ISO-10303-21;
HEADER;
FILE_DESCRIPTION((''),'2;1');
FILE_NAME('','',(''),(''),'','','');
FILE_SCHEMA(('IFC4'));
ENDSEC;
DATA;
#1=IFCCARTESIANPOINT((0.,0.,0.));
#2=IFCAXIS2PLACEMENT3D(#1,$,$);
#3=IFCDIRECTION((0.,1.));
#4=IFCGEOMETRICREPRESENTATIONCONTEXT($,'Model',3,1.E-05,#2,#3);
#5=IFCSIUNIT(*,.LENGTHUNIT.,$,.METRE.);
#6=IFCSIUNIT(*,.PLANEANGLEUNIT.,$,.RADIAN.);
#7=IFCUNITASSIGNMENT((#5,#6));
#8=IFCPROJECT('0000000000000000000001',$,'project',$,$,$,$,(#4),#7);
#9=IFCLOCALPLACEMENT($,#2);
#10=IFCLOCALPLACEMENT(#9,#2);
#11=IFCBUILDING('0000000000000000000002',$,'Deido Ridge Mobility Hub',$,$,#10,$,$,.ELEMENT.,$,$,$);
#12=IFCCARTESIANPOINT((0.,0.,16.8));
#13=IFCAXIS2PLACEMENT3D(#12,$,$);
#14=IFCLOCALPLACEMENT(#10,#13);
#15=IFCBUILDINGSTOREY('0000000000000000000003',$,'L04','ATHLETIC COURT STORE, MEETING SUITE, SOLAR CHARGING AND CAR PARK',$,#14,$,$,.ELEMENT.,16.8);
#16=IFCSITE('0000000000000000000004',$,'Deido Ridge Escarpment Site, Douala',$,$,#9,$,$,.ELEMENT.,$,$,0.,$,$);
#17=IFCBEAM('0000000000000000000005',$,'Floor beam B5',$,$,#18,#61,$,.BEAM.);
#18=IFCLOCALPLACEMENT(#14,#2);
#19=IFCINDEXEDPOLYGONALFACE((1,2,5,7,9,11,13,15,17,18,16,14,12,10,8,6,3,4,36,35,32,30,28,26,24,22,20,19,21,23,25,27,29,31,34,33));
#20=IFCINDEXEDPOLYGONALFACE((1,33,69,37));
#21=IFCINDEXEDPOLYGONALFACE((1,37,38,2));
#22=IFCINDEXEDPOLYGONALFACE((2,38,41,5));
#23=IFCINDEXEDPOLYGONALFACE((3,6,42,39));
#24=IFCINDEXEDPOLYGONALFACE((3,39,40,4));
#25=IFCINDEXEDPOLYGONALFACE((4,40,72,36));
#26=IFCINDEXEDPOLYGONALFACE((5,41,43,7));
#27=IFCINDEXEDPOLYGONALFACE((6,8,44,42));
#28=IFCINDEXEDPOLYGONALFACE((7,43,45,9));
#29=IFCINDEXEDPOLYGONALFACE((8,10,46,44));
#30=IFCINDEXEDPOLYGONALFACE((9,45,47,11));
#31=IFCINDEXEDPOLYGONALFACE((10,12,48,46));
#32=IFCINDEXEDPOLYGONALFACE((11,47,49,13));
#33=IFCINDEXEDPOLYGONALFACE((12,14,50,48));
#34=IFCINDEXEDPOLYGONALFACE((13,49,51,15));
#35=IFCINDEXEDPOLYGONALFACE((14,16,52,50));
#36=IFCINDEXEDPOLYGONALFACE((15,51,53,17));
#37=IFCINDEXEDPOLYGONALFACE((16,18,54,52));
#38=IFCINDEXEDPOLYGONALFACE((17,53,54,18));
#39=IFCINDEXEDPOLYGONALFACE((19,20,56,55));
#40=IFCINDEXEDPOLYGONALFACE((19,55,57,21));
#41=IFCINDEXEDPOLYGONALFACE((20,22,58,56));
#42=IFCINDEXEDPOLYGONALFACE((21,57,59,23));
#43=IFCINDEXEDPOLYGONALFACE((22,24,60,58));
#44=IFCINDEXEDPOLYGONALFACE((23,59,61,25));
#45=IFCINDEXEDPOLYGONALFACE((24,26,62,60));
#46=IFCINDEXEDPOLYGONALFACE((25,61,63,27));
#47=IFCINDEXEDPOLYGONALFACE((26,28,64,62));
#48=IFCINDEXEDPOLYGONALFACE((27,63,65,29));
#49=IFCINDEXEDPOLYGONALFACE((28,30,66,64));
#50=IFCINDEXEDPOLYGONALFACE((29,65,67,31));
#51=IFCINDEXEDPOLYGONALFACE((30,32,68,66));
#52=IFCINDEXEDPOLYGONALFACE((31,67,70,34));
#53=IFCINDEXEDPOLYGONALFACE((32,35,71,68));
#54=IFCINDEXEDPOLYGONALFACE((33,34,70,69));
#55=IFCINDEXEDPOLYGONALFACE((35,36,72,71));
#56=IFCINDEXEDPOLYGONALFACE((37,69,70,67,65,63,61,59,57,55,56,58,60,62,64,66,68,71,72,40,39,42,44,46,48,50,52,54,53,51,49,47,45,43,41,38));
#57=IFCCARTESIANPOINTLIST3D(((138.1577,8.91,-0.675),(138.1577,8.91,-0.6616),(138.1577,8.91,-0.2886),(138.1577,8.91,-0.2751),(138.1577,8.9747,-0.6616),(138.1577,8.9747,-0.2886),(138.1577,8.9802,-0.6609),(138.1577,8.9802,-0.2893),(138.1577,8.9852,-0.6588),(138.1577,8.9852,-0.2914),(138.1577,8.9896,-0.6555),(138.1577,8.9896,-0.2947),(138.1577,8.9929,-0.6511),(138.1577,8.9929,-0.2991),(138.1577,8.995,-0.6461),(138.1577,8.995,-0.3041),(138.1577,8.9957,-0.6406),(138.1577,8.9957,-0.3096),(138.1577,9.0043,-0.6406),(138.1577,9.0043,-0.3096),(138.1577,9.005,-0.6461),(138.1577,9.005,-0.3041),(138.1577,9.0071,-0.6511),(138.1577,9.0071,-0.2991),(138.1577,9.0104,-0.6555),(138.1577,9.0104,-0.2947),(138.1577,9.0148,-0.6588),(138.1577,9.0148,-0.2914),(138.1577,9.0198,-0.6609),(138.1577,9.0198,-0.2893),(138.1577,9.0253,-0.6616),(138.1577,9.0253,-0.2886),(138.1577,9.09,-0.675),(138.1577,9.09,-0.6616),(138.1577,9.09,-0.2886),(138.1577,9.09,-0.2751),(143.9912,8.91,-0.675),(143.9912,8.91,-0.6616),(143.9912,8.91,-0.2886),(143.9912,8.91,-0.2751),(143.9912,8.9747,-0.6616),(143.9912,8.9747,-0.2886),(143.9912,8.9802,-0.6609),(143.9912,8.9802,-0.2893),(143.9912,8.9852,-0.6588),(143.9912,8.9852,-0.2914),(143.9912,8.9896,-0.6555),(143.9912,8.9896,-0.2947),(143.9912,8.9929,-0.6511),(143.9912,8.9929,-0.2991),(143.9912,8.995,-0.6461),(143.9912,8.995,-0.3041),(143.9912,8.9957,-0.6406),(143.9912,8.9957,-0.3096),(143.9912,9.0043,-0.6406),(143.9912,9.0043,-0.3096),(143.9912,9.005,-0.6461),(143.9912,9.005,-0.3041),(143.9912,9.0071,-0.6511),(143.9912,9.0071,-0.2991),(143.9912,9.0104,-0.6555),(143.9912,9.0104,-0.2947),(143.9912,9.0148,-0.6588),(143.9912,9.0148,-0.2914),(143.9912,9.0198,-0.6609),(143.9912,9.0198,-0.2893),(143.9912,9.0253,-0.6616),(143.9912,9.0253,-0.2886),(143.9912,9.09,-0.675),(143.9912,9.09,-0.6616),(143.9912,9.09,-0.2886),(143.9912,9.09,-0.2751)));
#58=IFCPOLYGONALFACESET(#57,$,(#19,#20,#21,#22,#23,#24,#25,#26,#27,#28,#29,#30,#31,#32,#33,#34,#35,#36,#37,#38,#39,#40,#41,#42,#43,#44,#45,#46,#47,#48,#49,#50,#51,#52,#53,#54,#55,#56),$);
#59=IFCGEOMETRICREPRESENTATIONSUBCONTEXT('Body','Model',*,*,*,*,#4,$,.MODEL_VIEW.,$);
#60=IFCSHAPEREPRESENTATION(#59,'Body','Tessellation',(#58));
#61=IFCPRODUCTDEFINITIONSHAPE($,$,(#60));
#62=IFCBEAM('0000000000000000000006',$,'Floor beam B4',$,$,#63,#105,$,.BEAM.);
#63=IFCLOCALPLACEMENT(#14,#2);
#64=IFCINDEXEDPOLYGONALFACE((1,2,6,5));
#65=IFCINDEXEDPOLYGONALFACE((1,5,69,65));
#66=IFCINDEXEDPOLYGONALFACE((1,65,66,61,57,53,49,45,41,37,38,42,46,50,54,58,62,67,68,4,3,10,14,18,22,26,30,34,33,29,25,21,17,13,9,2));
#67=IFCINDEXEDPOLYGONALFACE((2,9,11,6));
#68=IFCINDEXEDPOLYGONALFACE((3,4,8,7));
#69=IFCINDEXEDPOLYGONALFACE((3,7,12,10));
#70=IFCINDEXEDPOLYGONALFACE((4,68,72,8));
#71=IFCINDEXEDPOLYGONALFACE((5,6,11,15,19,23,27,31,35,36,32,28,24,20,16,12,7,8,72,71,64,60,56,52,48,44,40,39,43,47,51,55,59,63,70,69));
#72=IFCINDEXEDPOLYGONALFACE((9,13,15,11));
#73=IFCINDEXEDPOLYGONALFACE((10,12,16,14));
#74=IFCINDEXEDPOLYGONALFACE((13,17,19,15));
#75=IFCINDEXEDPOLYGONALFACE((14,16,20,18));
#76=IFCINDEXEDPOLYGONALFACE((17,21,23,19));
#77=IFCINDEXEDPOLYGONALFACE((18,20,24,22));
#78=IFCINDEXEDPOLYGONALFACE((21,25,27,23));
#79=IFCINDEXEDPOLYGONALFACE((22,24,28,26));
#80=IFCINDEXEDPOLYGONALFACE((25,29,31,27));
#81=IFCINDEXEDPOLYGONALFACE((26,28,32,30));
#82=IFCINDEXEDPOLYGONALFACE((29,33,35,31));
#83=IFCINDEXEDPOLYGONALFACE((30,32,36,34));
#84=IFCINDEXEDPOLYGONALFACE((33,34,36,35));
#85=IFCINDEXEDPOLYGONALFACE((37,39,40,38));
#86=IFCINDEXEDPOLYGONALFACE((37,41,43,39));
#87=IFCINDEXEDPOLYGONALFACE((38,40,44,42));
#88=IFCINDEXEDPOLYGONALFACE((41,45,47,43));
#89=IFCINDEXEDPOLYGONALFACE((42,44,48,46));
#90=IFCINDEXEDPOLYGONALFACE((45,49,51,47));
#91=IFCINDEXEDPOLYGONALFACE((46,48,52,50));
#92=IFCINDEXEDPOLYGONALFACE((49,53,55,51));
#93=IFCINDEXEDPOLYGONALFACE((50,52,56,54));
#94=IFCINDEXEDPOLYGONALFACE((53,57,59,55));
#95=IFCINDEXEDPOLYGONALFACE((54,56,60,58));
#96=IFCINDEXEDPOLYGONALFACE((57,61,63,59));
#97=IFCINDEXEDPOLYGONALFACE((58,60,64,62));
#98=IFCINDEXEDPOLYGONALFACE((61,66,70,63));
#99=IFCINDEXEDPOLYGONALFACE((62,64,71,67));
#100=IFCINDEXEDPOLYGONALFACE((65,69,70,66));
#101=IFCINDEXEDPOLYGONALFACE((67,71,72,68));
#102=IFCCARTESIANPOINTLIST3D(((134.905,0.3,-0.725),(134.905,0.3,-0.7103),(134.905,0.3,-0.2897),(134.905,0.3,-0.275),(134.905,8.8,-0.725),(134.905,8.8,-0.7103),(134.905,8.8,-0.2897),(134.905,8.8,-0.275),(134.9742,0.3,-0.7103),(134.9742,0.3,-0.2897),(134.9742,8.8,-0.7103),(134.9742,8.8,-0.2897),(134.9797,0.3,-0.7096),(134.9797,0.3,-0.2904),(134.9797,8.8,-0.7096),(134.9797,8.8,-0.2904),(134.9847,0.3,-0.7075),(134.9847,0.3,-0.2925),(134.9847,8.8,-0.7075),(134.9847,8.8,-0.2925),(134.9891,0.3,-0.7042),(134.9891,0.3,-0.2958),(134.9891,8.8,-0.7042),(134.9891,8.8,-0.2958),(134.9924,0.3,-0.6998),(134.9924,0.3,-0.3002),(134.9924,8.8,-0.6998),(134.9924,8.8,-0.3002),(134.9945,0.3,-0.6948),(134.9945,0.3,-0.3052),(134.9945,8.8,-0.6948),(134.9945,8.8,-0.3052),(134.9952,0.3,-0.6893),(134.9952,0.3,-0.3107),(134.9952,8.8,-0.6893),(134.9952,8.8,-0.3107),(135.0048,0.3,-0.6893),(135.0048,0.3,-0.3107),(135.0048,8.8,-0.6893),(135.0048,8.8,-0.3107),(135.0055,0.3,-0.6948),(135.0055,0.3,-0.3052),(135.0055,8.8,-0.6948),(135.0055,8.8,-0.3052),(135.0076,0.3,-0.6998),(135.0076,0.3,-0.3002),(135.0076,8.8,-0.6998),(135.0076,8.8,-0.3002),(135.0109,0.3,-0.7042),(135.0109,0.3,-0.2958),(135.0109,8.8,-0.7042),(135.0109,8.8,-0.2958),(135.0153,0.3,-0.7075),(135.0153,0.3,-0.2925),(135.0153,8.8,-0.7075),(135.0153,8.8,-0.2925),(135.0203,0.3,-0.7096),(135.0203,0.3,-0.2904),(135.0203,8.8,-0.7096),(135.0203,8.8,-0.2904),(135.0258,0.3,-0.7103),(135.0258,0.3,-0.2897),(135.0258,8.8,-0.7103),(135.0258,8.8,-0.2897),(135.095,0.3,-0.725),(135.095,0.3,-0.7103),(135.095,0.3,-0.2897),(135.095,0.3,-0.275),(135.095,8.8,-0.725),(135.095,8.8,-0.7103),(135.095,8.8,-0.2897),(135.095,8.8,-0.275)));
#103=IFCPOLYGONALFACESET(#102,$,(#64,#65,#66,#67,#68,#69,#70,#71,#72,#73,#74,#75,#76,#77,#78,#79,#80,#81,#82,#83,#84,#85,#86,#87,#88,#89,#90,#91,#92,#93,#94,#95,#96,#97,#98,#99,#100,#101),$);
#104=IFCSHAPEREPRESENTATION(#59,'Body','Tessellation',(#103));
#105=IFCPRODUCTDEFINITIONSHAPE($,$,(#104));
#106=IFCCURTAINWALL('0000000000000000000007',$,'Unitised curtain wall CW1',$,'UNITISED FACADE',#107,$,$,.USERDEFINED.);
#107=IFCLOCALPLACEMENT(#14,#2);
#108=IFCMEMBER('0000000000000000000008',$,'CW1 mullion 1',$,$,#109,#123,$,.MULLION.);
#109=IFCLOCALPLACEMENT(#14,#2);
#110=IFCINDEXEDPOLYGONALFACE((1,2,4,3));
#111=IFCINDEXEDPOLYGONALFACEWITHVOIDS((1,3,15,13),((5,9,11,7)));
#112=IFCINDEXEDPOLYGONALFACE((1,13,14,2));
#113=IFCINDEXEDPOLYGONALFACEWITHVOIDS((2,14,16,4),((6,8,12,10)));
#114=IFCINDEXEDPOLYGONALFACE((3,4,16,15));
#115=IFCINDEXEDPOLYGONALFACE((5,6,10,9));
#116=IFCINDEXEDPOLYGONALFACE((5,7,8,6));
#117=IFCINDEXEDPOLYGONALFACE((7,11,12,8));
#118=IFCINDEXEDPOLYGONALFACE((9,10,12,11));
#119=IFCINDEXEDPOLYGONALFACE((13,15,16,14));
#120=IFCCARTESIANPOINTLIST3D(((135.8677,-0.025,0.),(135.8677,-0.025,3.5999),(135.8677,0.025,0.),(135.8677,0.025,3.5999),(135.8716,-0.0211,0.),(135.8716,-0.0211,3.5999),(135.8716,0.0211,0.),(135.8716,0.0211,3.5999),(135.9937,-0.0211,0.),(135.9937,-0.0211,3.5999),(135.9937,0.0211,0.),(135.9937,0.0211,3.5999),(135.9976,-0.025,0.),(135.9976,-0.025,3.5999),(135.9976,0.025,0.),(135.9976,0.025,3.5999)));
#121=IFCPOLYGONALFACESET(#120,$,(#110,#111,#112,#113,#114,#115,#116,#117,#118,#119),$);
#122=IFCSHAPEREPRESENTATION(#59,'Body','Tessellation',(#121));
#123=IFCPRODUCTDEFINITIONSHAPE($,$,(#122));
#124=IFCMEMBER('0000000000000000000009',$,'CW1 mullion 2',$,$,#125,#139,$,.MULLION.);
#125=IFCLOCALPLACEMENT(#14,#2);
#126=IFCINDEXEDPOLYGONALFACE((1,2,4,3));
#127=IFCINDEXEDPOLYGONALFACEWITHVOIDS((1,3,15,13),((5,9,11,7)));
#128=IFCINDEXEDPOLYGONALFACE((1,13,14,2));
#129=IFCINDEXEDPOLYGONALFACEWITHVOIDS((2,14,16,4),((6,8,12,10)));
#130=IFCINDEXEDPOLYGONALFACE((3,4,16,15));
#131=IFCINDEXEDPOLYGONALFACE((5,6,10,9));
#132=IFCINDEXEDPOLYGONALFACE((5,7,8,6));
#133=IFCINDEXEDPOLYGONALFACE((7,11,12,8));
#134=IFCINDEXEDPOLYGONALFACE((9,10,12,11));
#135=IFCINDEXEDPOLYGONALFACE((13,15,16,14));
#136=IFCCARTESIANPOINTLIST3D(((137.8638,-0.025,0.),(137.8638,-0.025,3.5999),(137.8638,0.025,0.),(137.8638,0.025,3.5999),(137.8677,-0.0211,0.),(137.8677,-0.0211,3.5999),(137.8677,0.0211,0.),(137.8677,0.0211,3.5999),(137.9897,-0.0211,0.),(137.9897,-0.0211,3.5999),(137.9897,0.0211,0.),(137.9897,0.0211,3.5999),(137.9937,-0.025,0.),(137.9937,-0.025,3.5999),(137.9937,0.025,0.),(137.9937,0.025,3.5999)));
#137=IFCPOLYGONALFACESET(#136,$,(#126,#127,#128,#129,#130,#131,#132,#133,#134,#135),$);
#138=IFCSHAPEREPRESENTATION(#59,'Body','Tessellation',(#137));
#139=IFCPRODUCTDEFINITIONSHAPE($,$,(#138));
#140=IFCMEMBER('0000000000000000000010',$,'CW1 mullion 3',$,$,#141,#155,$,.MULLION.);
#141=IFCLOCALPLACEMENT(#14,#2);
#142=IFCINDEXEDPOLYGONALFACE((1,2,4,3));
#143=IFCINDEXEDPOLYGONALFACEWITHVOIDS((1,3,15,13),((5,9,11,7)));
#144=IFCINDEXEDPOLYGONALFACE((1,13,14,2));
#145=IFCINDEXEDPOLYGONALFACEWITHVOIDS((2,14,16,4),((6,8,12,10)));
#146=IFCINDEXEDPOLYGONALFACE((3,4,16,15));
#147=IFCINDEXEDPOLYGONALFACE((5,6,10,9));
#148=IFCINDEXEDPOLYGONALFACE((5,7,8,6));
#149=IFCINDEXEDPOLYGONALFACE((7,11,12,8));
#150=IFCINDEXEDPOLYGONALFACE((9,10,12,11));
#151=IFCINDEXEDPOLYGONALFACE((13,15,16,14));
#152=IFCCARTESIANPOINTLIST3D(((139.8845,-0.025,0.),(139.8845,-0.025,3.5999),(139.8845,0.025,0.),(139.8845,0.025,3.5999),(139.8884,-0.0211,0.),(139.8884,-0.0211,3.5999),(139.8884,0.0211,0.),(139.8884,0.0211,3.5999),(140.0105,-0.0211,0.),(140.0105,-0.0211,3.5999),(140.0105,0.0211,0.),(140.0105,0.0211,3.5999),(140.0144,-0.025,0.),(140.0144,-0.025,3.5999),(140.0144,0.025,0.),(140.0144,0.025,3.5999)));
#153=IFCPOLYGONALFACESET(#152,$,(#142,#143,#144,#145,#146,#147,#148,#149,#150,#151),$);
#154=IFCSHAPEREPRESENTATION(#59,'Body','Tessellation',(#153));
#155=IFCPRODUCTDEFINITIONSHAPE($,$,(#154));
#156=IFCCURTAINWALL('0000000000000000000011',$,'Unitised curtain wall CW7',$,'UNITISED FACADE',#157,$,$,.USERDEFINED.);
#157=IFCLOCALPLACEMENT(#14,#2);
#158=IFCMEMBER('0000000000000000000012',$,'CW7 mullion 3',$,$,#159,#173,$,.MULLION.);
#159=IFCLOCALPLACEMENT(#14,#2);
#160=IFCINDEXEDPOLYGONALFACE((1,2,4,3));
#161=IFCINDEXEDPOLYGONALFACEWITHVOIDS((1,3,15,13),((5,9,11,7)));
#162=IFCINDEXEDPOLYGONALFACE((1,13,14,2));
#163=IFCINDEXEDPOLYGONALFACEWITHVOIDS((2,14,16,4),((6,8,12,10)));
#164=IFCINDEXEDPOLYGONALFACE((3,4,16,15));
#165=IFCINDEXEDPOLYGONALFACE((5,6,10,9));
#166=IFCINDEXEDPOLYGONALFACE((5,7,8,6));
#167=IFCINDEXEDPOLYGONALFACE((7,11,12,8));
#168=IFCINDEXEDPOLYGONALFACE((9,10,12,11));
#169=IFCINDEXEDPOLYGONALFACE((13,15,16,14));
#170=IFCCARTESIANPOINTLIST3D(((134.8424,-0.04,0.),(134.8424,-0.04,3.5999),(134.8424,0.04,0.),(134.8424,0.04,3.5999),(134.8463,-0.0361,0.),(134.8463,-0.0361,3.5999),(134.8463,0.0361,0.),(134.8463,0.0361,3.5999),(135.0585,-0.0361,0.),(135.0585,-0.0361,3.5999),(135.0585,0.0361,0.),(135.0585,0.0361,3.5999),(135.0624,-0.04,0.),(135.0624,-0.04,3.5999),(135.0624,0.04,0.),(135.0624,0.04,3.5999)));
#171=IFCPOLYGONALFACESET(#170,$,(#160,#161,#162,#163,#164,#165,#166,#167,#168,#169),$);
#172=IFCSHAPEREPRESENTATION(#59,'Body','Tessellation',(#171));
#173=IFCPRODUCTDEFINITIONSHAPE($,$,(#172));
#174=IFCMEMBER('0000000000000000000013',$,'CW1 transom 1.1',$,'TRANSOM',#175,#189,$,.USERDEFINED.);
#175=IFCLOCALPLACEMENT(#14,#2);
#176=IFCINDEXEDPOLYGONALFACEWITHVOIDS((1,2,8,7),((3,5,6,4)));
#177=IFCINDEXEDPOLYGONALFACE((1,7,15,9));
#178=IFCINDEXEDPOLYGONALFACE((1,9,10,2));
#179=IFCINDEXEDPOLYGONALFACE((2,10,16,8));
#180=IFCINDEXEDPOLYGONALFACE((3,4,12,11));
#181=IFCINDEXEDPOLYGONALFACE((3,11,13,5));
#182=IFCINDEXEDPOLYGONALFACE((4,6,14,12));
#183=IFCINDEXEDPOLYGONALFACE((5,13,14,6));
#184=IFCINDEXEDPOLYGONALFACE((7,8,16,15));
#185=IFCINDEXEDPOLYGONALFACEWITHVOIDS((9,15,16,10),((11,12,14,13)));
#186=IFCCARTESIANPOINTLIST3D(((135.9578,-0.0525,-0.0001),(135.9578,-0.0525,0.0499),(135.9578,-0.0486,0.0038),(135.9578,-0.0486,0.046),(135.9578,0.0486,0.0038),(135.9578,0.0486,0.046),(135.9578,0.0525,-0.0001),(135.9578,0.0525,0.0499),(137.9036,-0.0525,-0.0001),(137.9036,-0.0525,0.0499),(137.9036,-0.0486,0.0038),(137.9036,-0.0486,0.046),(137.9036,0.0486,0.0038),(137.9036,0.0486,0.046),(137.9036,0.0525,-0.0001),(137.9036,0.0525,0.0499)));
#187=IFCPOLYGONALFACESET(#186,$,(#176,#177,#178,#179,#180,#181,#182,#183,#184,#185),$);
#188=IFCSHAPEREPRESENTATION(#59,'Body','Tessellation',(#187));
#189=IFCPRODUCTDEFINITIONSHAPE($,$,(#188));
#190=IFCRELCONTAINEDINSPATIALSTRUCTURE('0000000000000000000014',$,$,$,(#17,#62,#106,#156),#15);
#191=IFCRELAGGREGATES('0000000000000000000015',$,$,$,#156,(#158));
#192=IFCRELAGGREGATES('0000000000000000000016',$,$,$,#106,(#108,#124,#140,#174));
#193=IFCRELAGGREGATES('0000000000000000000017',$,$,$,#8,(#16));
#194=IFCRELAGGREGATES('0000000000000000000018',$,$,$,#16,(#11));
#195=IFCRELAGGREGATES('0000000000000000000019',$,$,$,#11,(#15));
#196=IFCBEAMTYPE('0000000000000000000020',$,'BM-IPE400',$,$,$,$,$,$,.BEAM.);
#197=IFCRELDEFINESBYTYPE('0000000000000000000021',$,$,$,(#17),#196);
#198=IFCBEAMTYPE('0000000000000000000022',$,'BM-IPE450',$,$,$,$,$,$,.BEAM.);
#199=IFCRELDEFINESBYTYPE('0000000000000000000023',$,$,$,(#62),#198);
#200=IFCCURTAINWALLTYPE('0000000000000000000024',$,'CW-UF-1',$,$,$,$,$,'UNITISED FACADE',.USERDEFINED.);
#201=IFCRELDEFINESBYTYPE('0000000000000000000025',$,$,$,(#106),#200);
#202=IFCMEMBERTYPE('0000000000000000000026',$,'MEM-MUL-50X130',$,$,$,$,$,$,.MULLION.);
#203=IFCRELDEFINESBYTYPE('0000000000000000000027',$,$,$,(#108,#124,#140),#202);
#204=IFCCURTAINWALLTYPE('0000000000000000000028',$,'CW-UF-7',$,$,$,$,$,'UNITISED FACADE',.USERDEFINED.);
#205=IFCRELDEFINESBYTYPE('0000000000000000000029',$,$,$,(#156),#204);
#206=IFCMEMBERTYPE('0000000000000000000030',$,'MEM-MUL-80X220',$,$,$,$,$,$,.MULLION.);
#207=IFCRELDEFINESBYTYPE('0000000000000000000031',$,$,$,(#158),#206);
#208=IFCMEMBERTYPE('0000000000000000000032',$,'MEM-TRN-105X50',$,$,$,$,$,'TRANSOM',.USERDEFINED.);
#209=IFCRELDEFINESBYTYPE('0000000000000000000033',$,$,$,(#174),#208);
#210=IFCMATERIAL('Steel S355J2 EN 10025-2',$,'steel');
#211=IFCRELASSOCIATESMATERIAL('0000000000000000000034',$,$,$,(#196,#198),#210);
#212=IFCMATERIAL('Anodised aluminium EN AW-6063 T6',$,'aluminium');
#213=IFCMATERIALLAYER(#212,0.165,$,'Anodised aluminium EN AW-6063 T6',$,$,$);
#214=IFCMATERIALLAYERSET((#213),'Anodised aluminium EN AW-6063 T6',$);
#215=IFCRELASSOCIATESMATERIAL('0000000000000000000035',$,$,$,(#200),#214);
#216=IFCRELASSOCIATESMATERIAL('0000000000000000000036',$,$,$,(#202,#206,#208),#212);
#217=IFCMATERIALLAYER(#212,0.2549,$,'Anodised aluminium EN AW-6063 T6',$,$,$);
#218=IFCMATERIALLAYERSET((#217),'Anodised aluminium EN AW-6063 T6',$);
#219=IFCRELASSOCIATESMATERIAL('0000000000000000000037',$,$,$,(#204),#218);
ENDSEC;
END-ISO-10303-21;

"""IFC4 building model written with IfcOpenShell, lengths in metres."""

from ifc_helpers import new_model, si_unit, direction, frame, origin, origin_2d, place, context, subcontext, project, spatial, hollow_rectangle, i_section, extrude, material, layer, layer_set, material_profile, profile_set, type_object, element, aggregate, save


model = new_model("IFC4")

# Units and contexts
model_context = context("Model", 3, precision=1e-05, world=origin(), true_north=direction((0.0, 1.0)))
body_context = subcontext(model_context, "Body", "Model", "MODEL_VIEW")
ifc_project = project(units=[si_unit("LENGTHUNIT", "METRE"), si_unit("PLANEANGLEUNIT", "RADIAN")], contexts=[model_context])

# Site, building, storey
site_placement = place(None, origin())
site = spatial("IfcSite", under=ifc_project, at=site_placement, Name="Deido Ridge Escarpment Site, Douala", CompositionType="ELEMENT", RefElevation=0.0)
building_placement = place(site_placement, origin())
building = spatial("IfcBuilding", under=site, at=building_placement, Name="Deido Ridge Mobility Hub", CompositionType="ELEMENT")
storey_placement = place(building_placement, frame((0.0, 0.0, 16.8)))
storey = spatial("IfcBuildingStorey", under=building, at=storey_placement, Name="L04", Description="ATHLETIC COURT STORE, MEETING SUITE, SOLAR CHARGING AND CAR PARK", CompositionType="ELEMENT", Elevation=16.8)

# Shared definitions
ifc_material_1 = material(Name="Steel S355J2 EN 10025-2", Category="steel")

# Beams
ifc_material_profile_1 = material_profile(ifc_material_1, i_section(OverallWidth=0.1799, OverallDepth=0.3999, WebThickness=0.0085, FlangeThickness=0.0134, FilletRadius=0.021, at=origin_2d()), Name="IPE 400")
ifc_profile_set_1 = profile_set([ifc_material_profile_1], Name="Steel S355J2 EN 10025-2")
beam_type_1 = type_object("IfcBeamType", Name="BM-IPE400", PredefinedType="BEAM", material=ifc_profile_set_1)
beam_1_placement = place(storey_placement, frame((138.1577, 9.0, -0.4751), z_axis=(1.0, 0.0, 0.0), x_axis=(0.0, 1.0, 0.0)))
element("IfcBeam", 1, at=beam_1_placement, inside=storey, type_object=beam_type_1, Name="Floor beam B5", PredefinedType="BEAM", context=body_context, shape_type="SweptSolid", body=[
    extrude(i_section(OverallWidth=0.1799, OverallDepth=0.3999, WebThickness=0.0085, FlangeThickness=0.0134, FilletRadius=0.021, at=origin_2d()), origin(), (0.0, 0.0, 1.0), 5.8335),
])
ifc_material_profile_2 = material_profile(ifc_material_1, i_section(OverallWidth=0.1899, OverallDepth=0.45, WebThickness=0.0095, FlangeThickness=0.0146, FilletRadius=0.021, at=origin_2d()), Name="IPE 450")
ifc_profile_set_2 = profile_set([ifc_material_profile_2], Name="Steel S355J2 EN 10025-2")
beam_type_2 = type_object("IfcBeamType", Name="BM-IPE450", PredefinedType="BEAM", material=ifc_profile_set_2)
beam_2_placement = place(storey_placement, frame((135.0, 0.3, -0.5), z_axis=(0.0, 1.0, 0.0), x_axis=(-1.0, 0.0, 0.0)))
element("IfcBeam", 2, at=beam_2_placement, inside=storey, type_object=beam_type_2, Name="Floor beam B4", PredefinedType="BEAM", context=body_context, shape_type="SweptSolid", body=[
    extrude(i_section(OverallWidth=0.1899, OverallDepth=0.45, WebThickness=0.0095, FlangeThickness=0.0146, FilletRadius=0.021, at=origin_2d()), origin(), (0.0, 0.0, 1.0), 8.5),
])

# Curtain wall, members
ifc_material_2 = material(Name="Anodised aluminium EN AW-6063 T6", Category="aluminium")
ifc_layer_1 = layer(ifc_material_2, 0.165, Name="Anodised aluminium EN AW-6063 T6")
ifc_layer_set_1 = layer_set([ifc_layer_1], Name="Anodised aluminium EN AW-6063 T6")
curtain_wall_type_1 = type_object("IfcCurtainWallType", Name="CW-UF-1", ElementType="UNITISED FACADE", PredefinedType="USERDEFINED", material=ifc_layer_set_1)
curtain_wall_1_placement = place(storey_placement, origin())
curtain_wall_1 = element("IfcCurtainWall", 3, at=curtain_wall_1_placement, inside=storey, type_object=curtain_wall_type_1, Name="Unitised curtain wall CW1", ObjectType="UNITISED FACADE", PredefinedType="USERDEFINED")
ifc_material_profile_3 = material_profile(ifc_material_2, hollow_rectangle(XDim=0.05, YDim=0.1299, WallThickness=0.0039, at=origin_2d()), Name="RHS 50x130x4")
ifc_profile_set_3 = profile_set([ifc_material_profile_3], Name="Anodised aluminium EN AW-6063 T6")
member_type_1 = type_object("IfcMemberType", Name="MEM-MUL-50X130", PredefinedType="MULLION", material=ifc_profile_set_3)
member_1_placement = place(storey_placement, frame((135.9326, 0.0, 0.0), z_axis=(0.0, 0.0, 1.0), x_axis=(0.0, 1.0, 0.0)))
member_1 = element("IfcMember", 4, at=member_1_placement, type_object=member_type_1, Name="CW1 mullion 1", PredefinedType="MULLION", context=body_context, shape_type="SweptSolid", body=[
    extrude(hollow_rectangle(XDim=0.05, YDim=0.1299, WallThickness=0.0039, at=origin_2d()), origin(), (0.0, 0.0, 1.0), 3.5999),
])
member_2_placement = place(storey_placement, frame((137.9287, 0.0, 0.0), z_axis=(0.0, 0.0, 1.0), x_axis=(0.0, 1.0, 0.0)))
member_2 = element("IfcMember", 5, at=member_2_placement, type_object=member_type_1, Name="CW1 mullion 2", PredefinedType="MULLION", context=body_context, shape_type="SweptSolid", body=[
    extrude(hollow_rectangle(XDim=0.05, YDim=0.1299, WallThickness=0.0039, at=origin_2d()), origin(), (0.0, 0.0, 1.0), 3.5999),
])
member_3_placement = place(storey_placement, frame((139.9495, 0.0, 0.0), z_axis=(0.0, 0.0, 1.0), x_axis=(0.0, 1.0, 0.0)))
member_3 = element("IfcMember", 6, at=member_3_placement, type_object=member_type_1, Name="CW1 mullion 3", PredefinedType="MULLION", context=body_context, shape_type="SweptSolid", body=[
    extrude(hollow_rectangle(XDim=0.05, YDim=0.1299, WallThickness=0.0039, at=origin_2d()), origin(), (0.0, 0.0, 1.0), 3.5999),
])

# Curtain wall, member
ifc_layer_2 = layer(ifc_material_2, 0.2549, Name="Anodised aluminium EN AW-6063 T6")
ifc_layer_set_2 = layer_set([ifc_layer_2], Name="Anodised aluminium EN AW-6063 T6")
curtain_wall_type_2 = type_object("IfcCurtainWallType", Name="CW-UF-7", ElementType="UNITISED FACADE", PredefinedType="USERDEFINED", material=ifc_layer_set_2)
curtain_wall_2_placement = place(storey_placement, origin())
curtain_wall_2 = element("IfcCurtainWall", 7, at=curtain_wall_2_placement, inside=storey, type_object=curtain_wall_type_2, Name="Unitised curtain wall CW7", ObjectType="UNITISED FACADE", PredefinedType="USERDEFINED")
ifc_material_profile_4 = material_profile(ifc_material_2, hollow_rectangle(XDim=0.0801, YDim=0.22, WallThickness=0.0039, at=origin_2d()), Name="RHS 80x220x4")
ifc_profile_set_4 = profile_set([ifc_material_profile_4], Name="Anodised aluminium EN AW-6063 T6")
member_type_2 = type_object("IfcMemberType", Name="MEM-MUL-80X220", PredefinedType="MULLION", material=ifc_profile_set_4)
member_4_placement = place(storey_placement, frame((134.9524, 0.0, 0.0), z_axis=(0.0, 0.0, 1.0), x_axis=(0.0, 1.0, 0.0)))
member_4 = element("IfcMember", 8, at=member_4_placement, type_object=member_type_2, Name="CW7 mullion 3", PredefinedType="MULLION", context=body_context, shape_type="SweptSolid", body=[
    extrude(hollow_rectangle(XDim=0.0801, YDim=0.22, WallThickness=0.0039, at=origin_2d()), origin(), (0.0, 0.0, 1.0), 3.5999),
])
aggregate(curtain_wall_2, [member_4])

# Member
ifc_material_profile_5 = material_profile(ifc_material_2, hollow_rectangle(XDim=0.105, YDim=0.05, WallThickness=0.0039, at=origin_2d()), Name="RHS 105x50x4")
ifc_profile_set_5 = profile_set([ifc_material_profile_5], Name="Anodised aluminium EN AW-6063 T6")
member_type_3 = type_object("IfcMemberType", Name="MEM-TRN-105X50", ElementType="TRANSOM", PredefinedType="USERDEFINED", material=ifc_profile_set_5)
member_5_placement = place(storey_placement, frame((135.9578, 0.0, 0.0249), z_axis=(1.0, 0.0, 0.0), x_axis=(0.0, 1.0, 0.0)))
member_5 = element("IfcMember", 9, at=member_5_placement, type_object=member_type_3, Name="CW1 transom 1.1", ObjectType="TRANSOM", PredefinedType="USERDEFINED", context=body_context, shape_type="SweptSolid", body=[
    extrude(hollow_rectangle(XDim=0.105, YDim=0.05, WallThickness=0.0039, at=origin_2d()), origin(), (0.0, 0.0, 1.0), 1.9458),
])

aggregate(curtain_wall_1, [member_1, member_2, member_3, member_5])

save(model, "model.ifc")
